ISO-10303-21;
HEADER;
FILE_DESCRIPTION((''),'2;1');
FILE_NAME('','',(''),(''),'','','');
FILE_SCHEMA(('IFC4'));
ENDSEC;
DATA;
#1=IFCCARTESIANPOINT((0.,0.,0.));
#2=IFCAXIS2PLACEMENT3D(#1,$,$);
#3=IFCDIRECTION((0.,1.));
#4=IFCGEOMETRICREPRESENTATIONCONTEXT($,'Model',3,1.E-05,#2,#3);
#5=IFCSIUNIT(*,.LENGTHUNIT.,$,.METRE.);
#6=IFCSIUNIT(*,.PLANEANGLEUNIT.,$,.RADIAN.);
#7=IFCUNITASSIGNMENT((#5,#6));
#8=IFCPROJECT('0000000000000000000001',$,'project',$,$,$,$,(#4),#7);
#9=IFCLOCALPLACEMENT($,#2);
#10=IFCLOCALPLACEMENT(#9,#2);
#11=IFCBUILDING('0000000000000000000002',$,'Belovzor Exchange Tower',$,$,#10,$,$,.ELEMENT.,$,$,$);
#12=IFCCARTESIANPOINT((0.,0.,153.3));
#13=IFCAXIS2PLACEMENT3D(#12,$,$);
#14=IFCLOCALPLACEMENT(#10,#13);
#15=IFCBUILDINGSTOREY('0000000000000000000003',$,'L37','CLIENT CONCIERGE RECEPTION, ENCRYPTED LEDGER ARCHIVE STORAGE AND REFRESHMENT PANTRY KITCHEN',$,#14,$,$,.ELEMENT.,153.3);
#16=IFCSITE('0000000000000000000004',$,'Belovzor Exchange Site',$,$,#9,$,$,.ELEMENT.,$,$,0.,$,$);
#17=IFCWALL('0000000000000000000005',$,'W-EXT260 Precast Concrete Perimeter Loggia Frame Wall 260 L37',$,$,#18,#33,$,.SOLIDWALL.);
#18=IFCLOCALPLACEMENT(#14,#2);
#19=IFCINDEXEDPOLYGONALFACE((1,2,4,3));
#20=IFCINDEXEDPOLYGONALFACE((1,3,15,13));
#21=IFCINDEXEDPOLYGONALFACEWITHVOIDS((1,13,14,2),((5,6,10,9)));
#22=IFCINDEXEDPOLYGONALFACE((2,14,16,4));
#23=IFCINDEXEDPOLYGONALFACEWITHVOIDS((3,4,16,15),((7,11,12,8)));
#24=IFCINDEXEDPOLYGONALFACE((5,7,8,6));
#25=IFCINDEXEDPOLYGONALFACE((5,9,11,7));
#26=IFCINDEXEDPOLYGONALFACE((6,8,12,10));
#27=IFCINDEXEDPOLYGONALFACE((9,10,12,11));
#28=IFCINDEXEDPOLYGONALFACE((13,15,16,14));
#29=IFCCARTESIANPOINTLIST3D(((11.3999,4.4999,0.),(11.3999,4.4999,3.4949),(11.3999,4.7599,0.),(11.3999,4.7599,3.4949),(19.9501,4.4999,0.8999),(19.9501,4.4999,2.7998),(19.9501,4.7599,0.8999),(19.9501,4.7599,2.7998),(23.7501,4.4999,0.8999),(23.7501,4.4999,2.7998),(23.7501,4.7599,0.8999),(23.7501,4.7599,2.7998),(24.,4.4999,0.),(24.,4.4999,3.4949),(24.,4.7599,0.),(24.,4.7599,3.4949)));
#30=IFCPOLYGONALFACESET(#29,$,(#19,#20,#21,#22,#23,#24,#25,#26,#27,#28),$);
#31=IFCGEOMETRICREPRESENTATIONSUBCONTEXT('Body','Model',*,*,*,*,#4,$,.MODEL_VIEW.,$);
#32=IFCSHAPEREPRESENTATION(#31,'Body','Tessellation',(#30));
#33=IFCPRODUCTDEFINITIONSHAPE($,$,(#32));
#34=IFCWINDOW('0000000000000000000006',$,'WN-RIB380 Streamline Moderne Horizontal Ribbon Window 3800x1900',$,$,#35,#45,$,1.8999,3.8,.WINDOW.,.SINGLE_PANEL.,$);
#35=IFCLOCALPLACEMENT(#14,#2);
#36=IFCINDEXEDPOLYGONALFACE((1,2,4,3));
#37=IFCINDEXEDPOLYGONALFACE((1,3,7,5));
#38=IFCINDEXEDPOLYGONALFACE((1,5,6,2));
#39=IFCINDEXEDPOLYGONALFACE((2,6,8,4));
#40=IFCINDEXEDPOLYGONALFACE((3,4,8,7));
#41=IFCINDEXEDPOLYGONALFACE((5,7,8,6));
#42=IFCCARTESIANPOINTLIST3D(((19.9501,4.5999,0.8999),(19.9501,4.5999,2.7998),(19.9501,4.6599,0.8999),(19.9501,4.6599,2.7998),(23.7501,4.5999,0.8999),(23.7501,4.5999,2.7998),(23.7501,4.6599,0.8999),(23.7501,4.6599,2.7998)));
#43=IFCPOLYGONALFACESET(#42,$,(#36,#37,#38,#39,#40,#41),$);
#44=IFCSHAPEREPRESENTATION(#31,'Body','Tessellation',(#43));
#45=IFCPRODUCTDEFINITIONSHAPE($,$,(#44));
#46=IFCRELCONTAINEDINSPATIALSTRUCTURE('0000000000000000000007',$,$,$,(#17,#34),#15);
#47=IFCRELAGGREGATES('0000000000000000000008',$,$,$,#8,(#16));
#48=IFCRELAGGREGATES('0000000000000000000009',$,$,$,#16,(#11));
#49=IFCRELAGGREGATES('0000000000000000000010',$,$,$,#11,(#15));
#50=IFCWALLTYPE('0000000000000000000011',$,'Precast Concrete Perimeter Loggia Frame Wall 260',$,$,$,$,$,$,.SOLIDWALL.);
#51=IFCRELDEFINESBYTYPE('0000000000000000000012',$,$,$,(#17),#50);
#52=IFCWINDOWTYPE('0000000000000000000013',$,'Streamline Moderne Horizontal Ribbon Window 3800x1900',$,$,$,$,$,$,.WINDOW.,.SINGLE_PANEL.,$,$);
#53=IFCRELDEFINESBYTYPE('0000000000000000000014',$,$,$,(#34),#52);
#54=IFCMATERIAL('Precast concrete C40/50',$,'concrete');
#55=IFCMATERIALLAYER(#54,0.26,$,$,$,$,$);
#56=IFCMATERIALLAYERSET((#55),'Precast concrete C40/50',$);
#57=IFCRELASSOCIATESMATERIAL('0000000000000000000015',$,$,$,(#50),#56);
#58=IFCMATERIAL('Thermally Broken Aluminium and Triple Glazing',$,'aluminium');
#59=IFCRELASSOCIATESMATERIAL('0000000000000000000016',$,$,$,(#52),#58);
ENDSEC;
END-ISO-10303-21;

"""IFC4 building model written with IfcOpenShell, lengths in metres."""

from ifc_helpers import new_model, si_unit, direction, frame, frame_2d, origin, place, context, subcontext, project, spatial, rectangle, extrude, material, layer, layer_set, type_object, element, fill, save


model = new_model("IFC4")

# Units and contexts
model_context = context("Model", 3, precision=1e-05, world=origin(), true_north=direction((0.0, 1.0)))
body_context = subcontext(model_context, "Body", "Model", "MODEL_VIEW")
ifc_project = project(units=[si_unit("LENGTHUNIT", "METRE"), si_unit("PLANEANGLEUNIT", "RADIAN")], contexts=[model_context])

# Site, building, storey
site_placement = place(None, origin())
site = spatial("IfcSite", under=ifc_project, at=site_placement, Name="Belovzor Exchange Site", CompositionType="ELEMENT", RefElevation=0.0)
building_placement = place(site_placement, origin())
building = spatial("IfcBuilding", under=site, at=building_placement, Name="Belovzor Exchange Tower", CompositionType="ELEMENT")
storey_placement = place(building_placement, frame((0.0, 0.0, 153.3)))
storey = spatial("IfcBuildingStorey", under=building, at=storey_placement, Name="L37", Description="CLIENT CONCIERGE RECEPTION, ENCRYPTED LEDGER ARCHIVE STORAGE AND REFRESHMENT PANTRY KITCHEN", CompositionType="ELEMENT", Elevation=153.3)

# Wall, opening, window
ifc_material_1 = material(Name="Precast concrete C40/50", Category="concrete")
ifc_layer_1 = layer(ifc_material_1, 0.26)
ifc_layer_set_1 = layer_set([ifc_layer_1], Name="Precast concrete C40/50")
wall_type_1 = type_object("IfcWallType", Name="Precast Concrete Perimeter Loggia Frame Wall 260", PredefinedType="SOLIDWALL", material=ifc_layer_set_1)
wall_1_placement = place(storey_placement, frame((24.0, 4.6299, 0.0), z_axis=(0.0, 0.0, 1.0), x_axis=(-1.0, 0.0, 0.0)))
wall_1 = element("IfcWall", 1, at=wall_1_placement, inside=storey, type_object=wall_type_1, Name="W-EXT260 Precast Concrete Perimeter Loggia Frame Wall 260 L37", PredefinedType="SOLIDWALL", context=body_context, shape_type="SweptSolid", body=[
    extrude(rectangle(XDim=12.6001, YDim=0.26, at=frame_2d((6.3, 0.0))), origin(), (0.0, 0.0, 1.0), 3.4949),
])
opening_1_placement = place(wall_1_placement, frame((0.25, 0.0, 0.8999)))
opening_1 = element("IfcOpeningElement", 2, at=opening_1_placement, cuts=wall_1, PredefinedType="OPENING", context=body_context, shape_type="SweptSolid", body=[
    extrude(rectangle(XDim=3.8, YDim=1.8999, at=frame_2d((1.8999, 0.95))), frame((0.0, 0.1399, 0.0), z_axis=(0.0, -1.0, 0.0), x_axis=(1.0, 0.0, 0.0)), (0.0, 0.0, 1.0), 0.28),
])
ifc_material_2 = material(Name="Thermally Broken Aluminium and Triple Glazing", Category="aluminium")
window_type = type_object("IfcWindowType", Name="Streamline Moderne Horizontal Ribbon Window 3800x1900", PartitioningType="SINGLE_PANEL", PredefinedType="WINDOW", material=ifc_material_2)
window_placement = place(opening_1_placement, origin())
window = element("IfcWindow", 3, at=window_placement, inside=storey, type_object=window_type, Name="WN-RIB380 Streamline Moderne Horizontal Ribbon Window 3800x1900", OverallHeight=1.8999, OverallWidth=3.8, PartitioningType="SINGLE_PANEL", PredefinedType="WINDOW", context=body_context, shape_type="SweptSolid", body=[
    extrude(rectangle(XDim=3.8, YDim=1.8999, at=frame_2d((1.8999, 0.95))), frame((0.0, 0.03, 0.0), z_axis=(0.0, -1.0, 0.0), x_axis=(1.0, 0.0, 0.0)), (0.0, 0.0, 1.0), 0.0601),
])
fill(opening_1, window)

save(model, "model.ifc")
